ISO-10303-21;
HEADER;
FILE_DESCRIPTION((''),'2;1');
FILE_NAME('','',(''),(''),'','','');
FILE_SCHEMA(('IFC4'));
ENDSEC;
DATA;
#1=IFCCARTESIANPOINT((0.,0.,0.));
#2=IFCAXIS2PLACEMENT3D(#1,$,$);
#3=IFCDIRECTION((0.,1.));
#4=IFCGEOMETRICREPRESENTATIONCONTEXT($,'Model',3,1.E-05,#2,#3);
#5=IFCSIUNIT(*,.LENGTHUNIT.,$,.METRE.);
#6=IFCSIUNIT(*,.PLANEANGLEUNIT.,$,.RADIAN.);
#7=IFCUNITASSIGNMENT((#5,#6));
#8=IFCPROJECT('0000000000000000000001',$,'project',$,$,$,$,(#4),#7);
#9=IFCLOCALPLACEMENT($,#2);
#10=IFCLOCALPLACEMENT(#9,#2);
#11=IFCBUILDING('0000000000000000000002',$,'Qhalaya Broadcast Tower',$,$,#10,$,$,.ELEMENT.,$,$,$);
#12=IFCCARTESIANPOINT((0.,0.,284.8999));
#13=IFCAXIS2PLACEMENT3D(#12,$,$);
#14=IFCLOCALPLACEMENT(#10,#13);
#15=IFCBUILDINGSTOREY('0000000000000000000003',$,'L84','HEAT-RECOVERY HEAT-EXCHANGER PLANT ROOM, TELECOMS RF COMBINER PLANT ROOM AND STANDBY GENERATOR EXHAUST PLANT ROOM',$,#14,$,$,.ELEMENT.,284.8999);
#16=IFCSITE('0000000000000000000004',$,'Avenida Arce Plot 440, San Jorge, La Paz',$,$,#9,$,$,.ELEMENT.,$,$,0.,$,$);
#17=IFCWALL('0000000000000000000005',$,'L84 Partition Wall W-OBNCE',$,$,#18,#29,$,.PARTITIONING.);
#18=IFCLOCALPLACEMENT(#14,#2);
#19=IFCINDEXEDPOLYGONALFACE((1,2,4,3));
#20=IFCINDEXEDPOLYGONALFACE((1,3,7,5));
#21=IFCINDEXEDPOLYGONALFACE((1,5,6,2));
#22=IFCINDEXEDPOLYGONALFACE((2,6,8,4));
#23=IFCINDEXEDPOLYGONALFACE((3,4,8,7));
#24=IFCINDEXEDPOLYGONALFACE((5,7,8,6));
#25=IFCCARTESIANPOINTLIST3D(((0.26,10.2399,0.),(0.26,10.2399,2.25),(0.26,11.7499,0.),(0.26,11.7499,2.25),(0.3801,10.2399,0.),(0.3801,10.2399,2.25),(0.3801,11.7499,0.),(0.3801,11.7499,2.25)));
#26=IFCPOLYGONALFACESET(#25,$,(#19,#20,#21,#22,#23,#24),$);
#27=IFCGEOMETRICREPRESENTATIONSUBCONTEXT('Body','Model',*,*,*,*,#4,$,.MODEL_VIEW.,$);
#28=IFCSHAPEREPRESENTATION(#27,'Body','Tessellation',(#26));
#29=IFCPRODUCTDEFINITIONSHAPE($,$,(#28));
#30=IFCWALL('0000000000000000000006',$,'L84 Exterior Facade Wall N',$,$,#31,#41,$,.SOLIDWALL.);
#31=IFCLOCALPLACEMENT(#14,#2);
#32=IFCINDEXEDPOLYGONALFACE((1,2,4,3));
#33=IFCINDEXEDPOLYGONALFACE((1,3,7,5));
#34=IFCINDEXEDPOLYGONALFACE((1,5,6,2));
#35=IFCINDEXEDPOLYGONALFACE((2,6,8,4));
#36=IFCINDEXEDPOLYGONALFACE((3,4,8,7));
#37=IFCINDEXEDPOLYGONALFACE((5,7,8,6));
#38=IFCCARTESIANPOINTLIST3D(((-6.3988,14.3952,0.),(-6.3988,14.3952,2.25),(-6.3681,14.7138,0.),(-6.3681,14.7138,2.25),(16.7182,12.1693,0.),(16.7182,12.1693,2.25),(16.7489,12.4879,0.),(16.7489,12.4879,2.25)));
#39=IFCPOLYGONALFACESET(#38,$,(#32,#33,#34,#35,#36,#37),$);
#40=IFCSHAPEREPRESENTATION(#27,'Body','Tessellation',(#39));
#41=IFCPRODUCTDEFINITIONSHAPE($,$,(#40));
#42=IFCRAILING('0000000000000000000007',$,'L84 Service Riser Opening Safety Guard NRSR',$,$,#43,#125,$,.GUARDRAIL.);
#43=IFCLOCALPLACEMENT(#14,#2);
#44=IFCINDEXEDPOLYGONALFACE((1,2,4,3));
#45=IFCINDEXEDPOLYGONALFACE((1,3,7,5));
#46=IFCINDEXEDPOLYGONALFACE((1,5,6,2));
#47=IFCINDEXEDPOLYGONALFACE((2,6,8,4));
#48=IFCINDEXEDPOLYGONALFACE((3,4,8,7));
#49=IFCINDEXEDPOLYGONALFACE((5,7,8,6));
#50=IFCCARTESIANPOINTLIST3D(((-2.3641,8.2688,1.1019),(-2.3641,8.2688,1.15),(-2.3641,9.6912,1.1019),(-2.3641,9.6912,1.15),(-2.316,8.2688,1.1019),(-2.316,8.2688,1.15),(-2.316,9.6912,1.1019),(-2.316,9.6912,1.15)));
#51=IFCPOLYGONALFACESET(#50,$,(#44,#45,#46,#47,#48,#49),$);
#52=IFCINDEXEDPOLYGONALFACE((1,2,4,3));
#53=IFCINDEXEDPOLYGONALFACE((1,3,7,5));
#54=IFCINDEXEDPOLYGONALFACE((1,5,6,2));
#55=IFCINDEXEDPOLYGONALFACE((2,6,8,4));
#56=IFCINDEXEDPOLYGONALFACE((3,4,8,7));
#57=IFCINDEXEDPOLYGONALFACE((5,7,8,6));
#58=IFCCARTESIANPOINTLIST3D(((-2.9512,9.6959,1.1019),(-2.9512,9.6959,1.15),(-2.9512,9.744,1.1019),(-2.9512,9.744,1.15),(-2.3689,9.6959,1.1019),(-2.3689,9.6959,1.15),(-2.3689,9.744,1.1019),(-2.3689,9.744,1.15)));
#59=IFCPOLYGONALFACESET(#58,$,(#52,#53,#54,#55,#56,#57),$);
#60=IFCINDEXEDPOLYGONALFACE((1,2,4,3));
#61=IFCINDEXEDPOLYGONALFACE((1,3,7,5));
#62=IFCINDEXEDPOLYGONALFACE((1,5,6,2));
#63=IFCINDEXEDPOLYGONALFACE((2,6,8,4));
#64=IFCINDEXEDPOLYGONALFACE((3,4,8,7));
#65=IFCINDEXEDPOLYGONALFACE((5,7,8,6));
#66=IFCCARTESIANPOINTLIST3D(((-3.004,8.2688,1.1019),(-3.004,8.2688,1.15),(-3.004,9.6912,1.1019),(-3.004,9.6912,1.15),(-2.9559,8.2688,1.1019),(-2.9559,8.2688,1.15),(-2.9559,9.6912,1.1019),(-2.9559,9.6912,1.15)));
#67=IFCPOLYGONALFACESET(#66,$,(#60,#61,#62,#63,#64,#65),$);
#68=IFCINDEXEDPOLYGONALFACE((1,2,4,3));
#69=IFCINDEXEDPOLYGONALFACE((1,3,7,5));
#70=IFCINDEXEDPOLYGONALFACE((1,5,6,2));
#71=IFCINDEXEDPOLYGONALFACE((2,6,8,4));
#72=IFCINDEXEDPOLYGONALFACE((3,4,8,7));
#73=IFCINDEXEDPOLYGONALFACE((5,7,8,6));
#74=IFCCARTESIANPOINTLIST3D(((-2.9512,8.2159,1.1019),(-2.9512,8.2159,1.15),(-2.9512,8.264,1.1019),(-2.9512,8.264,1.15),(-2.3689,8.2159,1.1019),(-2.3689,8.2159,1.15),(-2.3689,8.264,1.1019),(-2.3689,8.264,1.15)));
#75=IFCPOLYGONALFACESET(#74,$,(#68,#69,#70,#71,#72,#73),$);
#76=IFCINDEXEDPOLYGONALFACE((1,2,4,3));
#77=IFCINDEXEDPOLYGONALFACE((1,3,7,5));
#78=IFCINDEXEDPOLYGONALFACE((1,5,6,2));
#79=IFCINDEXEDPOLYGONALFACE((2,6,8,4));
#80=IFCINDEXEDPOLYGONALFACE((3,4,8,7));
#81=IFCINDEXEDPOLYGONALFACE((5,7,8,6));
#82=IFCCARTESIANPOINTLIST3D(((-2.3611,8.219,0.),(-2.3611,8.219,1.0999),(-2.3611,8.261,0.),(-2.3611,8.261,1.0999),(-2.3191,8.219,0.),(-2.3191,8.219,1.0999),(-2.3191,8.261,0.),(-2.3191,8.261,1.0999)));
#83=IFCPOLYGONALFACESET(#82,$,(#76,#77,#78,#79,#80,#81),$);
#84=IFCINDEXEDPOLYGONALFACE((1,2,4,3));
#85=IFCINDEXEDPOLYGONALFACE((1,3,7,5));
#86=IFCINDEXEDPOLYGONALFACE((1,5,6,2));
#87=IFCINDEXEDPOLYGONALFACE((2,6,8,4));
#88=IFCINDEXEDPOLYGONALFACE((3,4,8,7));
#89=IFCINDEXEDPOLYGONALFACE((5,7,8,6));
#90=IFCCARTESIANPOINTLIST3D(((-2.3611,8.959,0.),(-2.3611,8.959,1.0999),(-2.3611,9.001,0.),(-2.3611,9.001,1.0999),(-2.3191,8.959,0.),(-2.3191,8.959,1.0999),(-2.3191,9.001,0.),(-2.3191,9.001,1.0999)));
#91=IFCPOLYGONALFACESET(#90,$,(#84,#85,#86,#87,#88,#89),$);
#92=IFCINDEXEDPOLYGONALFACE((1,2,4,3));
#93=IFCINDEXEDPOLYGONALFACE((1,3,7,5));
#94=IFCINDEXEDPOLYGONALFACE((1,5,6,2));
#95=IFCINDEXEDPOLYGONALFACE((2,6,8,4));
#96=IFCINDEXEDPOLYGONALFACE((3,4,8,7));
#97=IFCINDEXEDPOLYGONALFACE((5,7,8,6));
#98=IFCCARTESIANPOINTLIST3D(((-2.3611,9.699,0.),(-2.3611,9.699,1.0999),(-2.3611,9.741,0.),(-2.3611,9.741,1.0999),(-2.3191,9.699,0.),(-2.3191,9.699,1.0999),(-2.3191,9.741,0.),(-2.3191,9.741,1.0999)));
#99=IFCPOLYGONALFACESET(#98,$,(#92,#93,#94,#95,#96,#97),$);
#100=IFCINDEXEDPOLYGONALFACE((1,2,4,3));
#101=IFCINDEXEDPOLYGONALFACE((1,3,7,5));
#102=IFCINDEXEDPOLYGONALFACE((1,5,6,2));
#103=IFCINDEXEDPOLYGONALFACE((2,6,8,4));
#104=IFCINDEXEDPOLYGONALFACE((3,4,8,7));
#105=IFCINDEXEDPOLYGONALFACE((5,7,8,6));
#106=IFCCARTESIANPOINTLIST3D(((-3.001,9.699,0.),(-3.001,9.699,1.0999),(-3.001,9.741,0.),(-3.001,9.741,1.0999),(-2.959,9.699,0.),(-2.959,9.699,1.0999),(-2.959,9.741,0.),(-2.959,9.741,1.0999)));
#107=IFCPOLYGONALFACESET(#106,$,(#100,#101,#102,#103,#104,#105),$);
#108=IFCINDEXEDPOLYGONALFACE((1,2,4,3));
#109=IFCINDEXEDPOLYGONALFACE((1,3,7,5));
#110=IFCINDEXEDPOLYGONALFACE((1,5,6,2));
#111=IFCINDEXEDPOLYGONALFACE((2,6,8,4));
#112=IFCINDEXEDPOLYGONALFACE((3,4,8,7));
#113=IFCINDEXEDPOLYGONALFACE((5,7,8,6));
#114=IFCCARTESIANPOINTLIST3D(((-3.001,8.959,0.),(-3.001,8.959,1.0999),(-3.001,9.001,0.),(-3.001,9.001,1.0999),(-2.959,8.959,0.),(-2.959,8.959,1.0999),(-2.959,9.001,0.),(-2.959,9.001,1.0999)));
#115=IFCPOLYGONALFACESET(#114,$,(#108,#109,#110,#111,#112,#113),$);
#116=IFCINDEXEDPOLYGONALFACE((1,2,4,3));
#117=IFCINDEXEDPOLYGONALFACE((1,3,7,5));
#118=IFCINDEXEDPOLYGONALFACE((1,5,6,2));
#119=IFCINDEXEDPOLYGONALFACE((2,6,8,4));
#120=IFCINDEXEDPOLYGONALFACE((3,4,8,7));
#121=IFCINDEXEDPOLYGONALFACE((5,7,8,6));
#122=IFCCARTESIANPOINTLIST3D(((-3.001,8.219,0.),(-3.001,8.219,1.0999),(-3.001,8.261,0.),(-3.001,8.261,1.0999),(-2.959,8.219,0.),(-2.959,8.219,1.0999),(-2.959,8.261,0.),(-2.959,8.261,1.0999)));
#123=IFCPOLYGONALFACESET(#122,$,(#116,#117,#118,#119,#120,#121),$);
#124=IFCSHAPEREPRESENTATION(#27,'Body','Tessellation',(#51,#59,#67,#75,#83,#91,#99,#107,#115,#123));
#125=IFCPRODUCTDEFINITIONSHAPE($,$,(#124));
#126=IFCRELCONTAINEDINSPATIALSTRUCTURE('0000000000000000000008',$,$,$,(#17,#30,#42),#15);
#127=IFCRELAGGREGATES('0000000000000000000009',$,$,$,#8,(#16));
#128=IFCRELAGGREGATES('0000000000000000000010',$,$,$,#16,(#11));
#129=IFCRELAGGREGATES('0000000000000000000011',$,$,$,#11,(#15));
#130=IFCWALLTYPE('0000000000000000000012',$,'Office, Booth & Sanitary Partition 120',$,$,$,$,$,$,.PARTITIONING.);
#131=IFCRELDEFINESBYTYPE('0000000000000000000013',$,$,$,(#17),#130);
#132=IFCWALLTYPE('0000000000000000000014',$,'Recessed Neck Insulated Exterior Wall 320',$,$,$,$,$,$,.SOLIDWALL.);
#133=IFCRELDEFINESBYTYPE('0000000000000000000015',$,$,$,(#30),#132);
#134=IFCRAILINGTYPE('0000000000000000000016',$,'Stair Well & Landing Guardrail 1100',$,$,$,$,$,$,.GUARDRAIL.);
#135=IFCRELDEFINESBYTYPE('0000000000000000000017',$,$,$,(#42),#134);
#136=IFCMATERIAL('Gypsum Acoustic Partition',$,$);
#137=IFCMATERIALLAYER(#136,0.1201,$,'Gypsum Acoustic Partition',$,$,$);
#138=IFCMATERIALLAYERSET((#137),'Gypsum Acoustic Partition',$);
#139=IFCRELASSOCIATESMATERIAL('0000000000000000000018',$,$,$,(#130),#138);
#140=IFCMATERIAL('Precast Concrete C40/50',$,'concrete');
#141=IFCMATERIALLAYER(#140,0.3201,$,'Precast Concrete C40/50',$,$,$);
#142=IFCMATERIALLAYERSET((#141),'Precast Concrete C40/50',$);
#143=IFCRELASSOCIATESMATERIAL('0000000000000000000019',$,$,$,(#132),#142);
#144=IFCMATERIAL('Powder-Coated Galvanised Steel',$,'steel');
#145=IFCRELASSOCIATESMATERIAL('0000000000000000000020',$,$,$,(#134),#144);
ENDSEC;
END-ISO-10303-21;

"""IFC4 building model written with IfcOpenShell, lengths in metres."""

from ifc_helpers import new_model, si_unit, direction, frame, frame_2d, origin, origin_2d, place, context, subcontext, project, spatial, rectangle, extrude, material, layer, layer_set, type_object, element, save


model = new_model("IFC4")

# Units and contexts
model_context = context("Model", 3, precision=1e-05, world=origin(), true_north=direction((0.0, 1.0)))
body_context = subcontext(model_context, "Body", "Model", "MODEL_VIEW")
ifc_project = project(units=[si_unit("LENGTHUNIT", "METRE"), si_unit("PLANEANGLEUNIT", "RADIAN")], contexts=[model_context])

# Site, building, storey
site_placement = place(None, origin())
site = spatial("IfcSite", under=ifc_project, at=site_placement, Name="Avenida Arce Plot 440, San Jorge, La Paz", CompositionType="ELEMENT", RefElevation=0.0)
building_placement = place(site_placement, origin())
building = spatial("IfcBuilding", under=site, at=building_placement, Name="Qhalaya Broadcast Tower", CompositionType="ELEMENT")
storey_placement = place(building_placement, frame((0.0, 0.0, 284.8999)))
storey = spatial("IfcBuildingStorey", under=building, at=storey_placement, Name="L84", Description="HEAT-RECOVERY HEAT-EXCHANGER PLANT ROOM, TELECOMS RF COMBINER PLANT ROOM AND STANDBY GENERATOR EXHAUST PLANT ROOM", CompositionType="ELEMENT", Elevation=284.8999)

# Shared definitions
ifc_material_1 = material(Name="Gypsum Acoustic Partition")

# Walls
ifc_layer_1 = layer(ifc_material_1, 0.1201, Name="Gypsum Acoustic Partition")
ifc_layer_set_1 = layer_set([ifc_layer_1], Name="Gypsum Acoustic Partition")
wall_type_1 = type_object("IfcWallType", Name="Office, Booth & Sanitary Partition 120", PredefinedType="PARTITIONING", material=ifc_layer_set_1)
for number, where, z_axis, x_axis, name in (
    (1, (0.3201, 10.24, 0.0), (0.0, 0.0, 1.0), (0.0, 1.0, 0.0), "L84 Partition Wall W-OBNCE"),
):
    element("IfcWall", number, at=place(storey_placement, frame(where, z_axis=z_axis, x_axis=x_axis)), inside=storey, type_object=wall_type_1, Name=name, PredefinedType="PARTITIONING", context=body_context, shape_type="SweptSolid", body=[
        extrude(rectangle(XDim=1.51, YDim=0.1201, at=frame_2d((0.7549, 0.0))), origin(), (0.0, 0.0, 1.0), 2.25),
    ])
ifc_material_2 = material(Name="Precast Concrete C40/50", Category="concrete")
ifc_layer_2 = layer(ifc_material_2, 0.3201, Name="Precast Concrete C40/50")
ifc_layer_set_2 = layer_set([ifc_layer_2], Name="Precast Concrete C40/50")
wall_type_2 = type_object("IfcWallType", Name="Recessed Neck Insulated Exterior Wall 320", PredefinedType="SOLIDWALL", material=ifc_layer_set_2)
wall_1_placement = place(storey_placement, frame((-6.3833, 14.5544, 0.0), z_axis=(0.0, 0.0, 1.0), x_axis=(0.995397, -0.095842, 0.0)))
element("IfcWall", 2, at=wall_1_placement, inside=storey, type_object=wall_type_2, Name="L84 Exterior Facade Wall N", PredefinedType="SOLIDWALL", context=body_context, shape_type="SweptSolid", body=[
    extrude(rectangle(XDim=23.2239, YDim=0.3201, at=frame_2d((11.6118, 0.0))), origin(), (0.0, 0.0, 1.0), 2.25),
])

# Railing
ifc_material_3 = material(Name="Powder-Coated Galvanised Steel", Category="steel")
railing_type = type_object("IfcRailingType", Name="Stair Well & Landing Guardrail 1100", PredefinedType="GUARDRAIL", material=ifc_material_3)
railing_placement = place(storey_placement, frame((-2.3401, 8.24, 0.0)))
element("IfcRailing", 3, at=railing_placement, inside=storey, type_object=railing_type, Name="L84 Service Riser Opening Safety Guard NRSR", PredefinedType="GUARDRAIL", context=body_context, shape_type="SweptSolid", body=[
    extrude(rectangle(XDim=0.0481, YDim=0.0481, at=origin_2d()), frame((0.0, 0.0288, 1.126), z_axis=(0.0, 1.0, 0.0), x_axis=(-1.0, 0.0, 0.0)), (0.0, 0.0, 1.0), 1.4224),
    extrude(rectangle(XDim=0.0481, YDim=0.0481, at=origin_2d()), frame((-0.0288, 1.48, 1.126), z_axis=(-1.0, 0.0, 0.0), x_axis=(0.0, -1.0, 0.0)), (0.0, 0.0, 1.0), 0.5823),
    extrude(rectangle(XDim=0.0481, YDim=0.0481, at=origin_2d()), frame((-0.6399, 1.4512, 1.126), z_axis=(0.0, -1.0, 0.0), x_axis=(1.0, 0.0, 0.0)), (0.0, 0.0, 1.0), 1.4224),
    extrude(rectangle(XDim=0.0481, YDim=0.0481, at=origin_2d()), frame((-0.6111, 0.0, 1.126), z_axis=(1.0, 0.0, 0.0), x_axis=(0.0, 1.0, 0.0)), (0.0, 0.0, 1.0), 0.5823),
    extrude(rectangle(XDim=0.042, YDim=0.042, at=origin_2d()), origin(), (0.0, 0.0, 1.0), 1.0999),
    extrude(rectangle(XDim=0.042, YDim=0.042, at=origin_2d()), frame((0.0, 0.74, 0.0)), (0.0, 0.0, 1.0), 1.0999),
    extrude(rectangle(XDim=0.042, YDim=0.042, at=origin_2d()), frame((0.0, 1.48, 0.0)), (0.0, 0.0, 1.0), 1.0999),
    extrude(rectangle(XDim=0.042, YDim=0.042, at=origin_2d()), frame((-0.6399, 1.48, 0.0)), (0.0, 0.0, 1.0), 1.0999),
    extrude(rectangle(XDim=0.042, YDim=0.042, at=origin_2d()), frame((-0.6399, 0.74, 0.0)), (0.0, 0.0, 1.0), 1.0999),
    extrude(rectangle(XDim=0.042, YDim=0.042, at=origin_2d()), frame((-0.6399, 0.0, 0.0)), (0.0, 0.0, 1.0), 1.0999),
])

save(model, "model.ifc")
